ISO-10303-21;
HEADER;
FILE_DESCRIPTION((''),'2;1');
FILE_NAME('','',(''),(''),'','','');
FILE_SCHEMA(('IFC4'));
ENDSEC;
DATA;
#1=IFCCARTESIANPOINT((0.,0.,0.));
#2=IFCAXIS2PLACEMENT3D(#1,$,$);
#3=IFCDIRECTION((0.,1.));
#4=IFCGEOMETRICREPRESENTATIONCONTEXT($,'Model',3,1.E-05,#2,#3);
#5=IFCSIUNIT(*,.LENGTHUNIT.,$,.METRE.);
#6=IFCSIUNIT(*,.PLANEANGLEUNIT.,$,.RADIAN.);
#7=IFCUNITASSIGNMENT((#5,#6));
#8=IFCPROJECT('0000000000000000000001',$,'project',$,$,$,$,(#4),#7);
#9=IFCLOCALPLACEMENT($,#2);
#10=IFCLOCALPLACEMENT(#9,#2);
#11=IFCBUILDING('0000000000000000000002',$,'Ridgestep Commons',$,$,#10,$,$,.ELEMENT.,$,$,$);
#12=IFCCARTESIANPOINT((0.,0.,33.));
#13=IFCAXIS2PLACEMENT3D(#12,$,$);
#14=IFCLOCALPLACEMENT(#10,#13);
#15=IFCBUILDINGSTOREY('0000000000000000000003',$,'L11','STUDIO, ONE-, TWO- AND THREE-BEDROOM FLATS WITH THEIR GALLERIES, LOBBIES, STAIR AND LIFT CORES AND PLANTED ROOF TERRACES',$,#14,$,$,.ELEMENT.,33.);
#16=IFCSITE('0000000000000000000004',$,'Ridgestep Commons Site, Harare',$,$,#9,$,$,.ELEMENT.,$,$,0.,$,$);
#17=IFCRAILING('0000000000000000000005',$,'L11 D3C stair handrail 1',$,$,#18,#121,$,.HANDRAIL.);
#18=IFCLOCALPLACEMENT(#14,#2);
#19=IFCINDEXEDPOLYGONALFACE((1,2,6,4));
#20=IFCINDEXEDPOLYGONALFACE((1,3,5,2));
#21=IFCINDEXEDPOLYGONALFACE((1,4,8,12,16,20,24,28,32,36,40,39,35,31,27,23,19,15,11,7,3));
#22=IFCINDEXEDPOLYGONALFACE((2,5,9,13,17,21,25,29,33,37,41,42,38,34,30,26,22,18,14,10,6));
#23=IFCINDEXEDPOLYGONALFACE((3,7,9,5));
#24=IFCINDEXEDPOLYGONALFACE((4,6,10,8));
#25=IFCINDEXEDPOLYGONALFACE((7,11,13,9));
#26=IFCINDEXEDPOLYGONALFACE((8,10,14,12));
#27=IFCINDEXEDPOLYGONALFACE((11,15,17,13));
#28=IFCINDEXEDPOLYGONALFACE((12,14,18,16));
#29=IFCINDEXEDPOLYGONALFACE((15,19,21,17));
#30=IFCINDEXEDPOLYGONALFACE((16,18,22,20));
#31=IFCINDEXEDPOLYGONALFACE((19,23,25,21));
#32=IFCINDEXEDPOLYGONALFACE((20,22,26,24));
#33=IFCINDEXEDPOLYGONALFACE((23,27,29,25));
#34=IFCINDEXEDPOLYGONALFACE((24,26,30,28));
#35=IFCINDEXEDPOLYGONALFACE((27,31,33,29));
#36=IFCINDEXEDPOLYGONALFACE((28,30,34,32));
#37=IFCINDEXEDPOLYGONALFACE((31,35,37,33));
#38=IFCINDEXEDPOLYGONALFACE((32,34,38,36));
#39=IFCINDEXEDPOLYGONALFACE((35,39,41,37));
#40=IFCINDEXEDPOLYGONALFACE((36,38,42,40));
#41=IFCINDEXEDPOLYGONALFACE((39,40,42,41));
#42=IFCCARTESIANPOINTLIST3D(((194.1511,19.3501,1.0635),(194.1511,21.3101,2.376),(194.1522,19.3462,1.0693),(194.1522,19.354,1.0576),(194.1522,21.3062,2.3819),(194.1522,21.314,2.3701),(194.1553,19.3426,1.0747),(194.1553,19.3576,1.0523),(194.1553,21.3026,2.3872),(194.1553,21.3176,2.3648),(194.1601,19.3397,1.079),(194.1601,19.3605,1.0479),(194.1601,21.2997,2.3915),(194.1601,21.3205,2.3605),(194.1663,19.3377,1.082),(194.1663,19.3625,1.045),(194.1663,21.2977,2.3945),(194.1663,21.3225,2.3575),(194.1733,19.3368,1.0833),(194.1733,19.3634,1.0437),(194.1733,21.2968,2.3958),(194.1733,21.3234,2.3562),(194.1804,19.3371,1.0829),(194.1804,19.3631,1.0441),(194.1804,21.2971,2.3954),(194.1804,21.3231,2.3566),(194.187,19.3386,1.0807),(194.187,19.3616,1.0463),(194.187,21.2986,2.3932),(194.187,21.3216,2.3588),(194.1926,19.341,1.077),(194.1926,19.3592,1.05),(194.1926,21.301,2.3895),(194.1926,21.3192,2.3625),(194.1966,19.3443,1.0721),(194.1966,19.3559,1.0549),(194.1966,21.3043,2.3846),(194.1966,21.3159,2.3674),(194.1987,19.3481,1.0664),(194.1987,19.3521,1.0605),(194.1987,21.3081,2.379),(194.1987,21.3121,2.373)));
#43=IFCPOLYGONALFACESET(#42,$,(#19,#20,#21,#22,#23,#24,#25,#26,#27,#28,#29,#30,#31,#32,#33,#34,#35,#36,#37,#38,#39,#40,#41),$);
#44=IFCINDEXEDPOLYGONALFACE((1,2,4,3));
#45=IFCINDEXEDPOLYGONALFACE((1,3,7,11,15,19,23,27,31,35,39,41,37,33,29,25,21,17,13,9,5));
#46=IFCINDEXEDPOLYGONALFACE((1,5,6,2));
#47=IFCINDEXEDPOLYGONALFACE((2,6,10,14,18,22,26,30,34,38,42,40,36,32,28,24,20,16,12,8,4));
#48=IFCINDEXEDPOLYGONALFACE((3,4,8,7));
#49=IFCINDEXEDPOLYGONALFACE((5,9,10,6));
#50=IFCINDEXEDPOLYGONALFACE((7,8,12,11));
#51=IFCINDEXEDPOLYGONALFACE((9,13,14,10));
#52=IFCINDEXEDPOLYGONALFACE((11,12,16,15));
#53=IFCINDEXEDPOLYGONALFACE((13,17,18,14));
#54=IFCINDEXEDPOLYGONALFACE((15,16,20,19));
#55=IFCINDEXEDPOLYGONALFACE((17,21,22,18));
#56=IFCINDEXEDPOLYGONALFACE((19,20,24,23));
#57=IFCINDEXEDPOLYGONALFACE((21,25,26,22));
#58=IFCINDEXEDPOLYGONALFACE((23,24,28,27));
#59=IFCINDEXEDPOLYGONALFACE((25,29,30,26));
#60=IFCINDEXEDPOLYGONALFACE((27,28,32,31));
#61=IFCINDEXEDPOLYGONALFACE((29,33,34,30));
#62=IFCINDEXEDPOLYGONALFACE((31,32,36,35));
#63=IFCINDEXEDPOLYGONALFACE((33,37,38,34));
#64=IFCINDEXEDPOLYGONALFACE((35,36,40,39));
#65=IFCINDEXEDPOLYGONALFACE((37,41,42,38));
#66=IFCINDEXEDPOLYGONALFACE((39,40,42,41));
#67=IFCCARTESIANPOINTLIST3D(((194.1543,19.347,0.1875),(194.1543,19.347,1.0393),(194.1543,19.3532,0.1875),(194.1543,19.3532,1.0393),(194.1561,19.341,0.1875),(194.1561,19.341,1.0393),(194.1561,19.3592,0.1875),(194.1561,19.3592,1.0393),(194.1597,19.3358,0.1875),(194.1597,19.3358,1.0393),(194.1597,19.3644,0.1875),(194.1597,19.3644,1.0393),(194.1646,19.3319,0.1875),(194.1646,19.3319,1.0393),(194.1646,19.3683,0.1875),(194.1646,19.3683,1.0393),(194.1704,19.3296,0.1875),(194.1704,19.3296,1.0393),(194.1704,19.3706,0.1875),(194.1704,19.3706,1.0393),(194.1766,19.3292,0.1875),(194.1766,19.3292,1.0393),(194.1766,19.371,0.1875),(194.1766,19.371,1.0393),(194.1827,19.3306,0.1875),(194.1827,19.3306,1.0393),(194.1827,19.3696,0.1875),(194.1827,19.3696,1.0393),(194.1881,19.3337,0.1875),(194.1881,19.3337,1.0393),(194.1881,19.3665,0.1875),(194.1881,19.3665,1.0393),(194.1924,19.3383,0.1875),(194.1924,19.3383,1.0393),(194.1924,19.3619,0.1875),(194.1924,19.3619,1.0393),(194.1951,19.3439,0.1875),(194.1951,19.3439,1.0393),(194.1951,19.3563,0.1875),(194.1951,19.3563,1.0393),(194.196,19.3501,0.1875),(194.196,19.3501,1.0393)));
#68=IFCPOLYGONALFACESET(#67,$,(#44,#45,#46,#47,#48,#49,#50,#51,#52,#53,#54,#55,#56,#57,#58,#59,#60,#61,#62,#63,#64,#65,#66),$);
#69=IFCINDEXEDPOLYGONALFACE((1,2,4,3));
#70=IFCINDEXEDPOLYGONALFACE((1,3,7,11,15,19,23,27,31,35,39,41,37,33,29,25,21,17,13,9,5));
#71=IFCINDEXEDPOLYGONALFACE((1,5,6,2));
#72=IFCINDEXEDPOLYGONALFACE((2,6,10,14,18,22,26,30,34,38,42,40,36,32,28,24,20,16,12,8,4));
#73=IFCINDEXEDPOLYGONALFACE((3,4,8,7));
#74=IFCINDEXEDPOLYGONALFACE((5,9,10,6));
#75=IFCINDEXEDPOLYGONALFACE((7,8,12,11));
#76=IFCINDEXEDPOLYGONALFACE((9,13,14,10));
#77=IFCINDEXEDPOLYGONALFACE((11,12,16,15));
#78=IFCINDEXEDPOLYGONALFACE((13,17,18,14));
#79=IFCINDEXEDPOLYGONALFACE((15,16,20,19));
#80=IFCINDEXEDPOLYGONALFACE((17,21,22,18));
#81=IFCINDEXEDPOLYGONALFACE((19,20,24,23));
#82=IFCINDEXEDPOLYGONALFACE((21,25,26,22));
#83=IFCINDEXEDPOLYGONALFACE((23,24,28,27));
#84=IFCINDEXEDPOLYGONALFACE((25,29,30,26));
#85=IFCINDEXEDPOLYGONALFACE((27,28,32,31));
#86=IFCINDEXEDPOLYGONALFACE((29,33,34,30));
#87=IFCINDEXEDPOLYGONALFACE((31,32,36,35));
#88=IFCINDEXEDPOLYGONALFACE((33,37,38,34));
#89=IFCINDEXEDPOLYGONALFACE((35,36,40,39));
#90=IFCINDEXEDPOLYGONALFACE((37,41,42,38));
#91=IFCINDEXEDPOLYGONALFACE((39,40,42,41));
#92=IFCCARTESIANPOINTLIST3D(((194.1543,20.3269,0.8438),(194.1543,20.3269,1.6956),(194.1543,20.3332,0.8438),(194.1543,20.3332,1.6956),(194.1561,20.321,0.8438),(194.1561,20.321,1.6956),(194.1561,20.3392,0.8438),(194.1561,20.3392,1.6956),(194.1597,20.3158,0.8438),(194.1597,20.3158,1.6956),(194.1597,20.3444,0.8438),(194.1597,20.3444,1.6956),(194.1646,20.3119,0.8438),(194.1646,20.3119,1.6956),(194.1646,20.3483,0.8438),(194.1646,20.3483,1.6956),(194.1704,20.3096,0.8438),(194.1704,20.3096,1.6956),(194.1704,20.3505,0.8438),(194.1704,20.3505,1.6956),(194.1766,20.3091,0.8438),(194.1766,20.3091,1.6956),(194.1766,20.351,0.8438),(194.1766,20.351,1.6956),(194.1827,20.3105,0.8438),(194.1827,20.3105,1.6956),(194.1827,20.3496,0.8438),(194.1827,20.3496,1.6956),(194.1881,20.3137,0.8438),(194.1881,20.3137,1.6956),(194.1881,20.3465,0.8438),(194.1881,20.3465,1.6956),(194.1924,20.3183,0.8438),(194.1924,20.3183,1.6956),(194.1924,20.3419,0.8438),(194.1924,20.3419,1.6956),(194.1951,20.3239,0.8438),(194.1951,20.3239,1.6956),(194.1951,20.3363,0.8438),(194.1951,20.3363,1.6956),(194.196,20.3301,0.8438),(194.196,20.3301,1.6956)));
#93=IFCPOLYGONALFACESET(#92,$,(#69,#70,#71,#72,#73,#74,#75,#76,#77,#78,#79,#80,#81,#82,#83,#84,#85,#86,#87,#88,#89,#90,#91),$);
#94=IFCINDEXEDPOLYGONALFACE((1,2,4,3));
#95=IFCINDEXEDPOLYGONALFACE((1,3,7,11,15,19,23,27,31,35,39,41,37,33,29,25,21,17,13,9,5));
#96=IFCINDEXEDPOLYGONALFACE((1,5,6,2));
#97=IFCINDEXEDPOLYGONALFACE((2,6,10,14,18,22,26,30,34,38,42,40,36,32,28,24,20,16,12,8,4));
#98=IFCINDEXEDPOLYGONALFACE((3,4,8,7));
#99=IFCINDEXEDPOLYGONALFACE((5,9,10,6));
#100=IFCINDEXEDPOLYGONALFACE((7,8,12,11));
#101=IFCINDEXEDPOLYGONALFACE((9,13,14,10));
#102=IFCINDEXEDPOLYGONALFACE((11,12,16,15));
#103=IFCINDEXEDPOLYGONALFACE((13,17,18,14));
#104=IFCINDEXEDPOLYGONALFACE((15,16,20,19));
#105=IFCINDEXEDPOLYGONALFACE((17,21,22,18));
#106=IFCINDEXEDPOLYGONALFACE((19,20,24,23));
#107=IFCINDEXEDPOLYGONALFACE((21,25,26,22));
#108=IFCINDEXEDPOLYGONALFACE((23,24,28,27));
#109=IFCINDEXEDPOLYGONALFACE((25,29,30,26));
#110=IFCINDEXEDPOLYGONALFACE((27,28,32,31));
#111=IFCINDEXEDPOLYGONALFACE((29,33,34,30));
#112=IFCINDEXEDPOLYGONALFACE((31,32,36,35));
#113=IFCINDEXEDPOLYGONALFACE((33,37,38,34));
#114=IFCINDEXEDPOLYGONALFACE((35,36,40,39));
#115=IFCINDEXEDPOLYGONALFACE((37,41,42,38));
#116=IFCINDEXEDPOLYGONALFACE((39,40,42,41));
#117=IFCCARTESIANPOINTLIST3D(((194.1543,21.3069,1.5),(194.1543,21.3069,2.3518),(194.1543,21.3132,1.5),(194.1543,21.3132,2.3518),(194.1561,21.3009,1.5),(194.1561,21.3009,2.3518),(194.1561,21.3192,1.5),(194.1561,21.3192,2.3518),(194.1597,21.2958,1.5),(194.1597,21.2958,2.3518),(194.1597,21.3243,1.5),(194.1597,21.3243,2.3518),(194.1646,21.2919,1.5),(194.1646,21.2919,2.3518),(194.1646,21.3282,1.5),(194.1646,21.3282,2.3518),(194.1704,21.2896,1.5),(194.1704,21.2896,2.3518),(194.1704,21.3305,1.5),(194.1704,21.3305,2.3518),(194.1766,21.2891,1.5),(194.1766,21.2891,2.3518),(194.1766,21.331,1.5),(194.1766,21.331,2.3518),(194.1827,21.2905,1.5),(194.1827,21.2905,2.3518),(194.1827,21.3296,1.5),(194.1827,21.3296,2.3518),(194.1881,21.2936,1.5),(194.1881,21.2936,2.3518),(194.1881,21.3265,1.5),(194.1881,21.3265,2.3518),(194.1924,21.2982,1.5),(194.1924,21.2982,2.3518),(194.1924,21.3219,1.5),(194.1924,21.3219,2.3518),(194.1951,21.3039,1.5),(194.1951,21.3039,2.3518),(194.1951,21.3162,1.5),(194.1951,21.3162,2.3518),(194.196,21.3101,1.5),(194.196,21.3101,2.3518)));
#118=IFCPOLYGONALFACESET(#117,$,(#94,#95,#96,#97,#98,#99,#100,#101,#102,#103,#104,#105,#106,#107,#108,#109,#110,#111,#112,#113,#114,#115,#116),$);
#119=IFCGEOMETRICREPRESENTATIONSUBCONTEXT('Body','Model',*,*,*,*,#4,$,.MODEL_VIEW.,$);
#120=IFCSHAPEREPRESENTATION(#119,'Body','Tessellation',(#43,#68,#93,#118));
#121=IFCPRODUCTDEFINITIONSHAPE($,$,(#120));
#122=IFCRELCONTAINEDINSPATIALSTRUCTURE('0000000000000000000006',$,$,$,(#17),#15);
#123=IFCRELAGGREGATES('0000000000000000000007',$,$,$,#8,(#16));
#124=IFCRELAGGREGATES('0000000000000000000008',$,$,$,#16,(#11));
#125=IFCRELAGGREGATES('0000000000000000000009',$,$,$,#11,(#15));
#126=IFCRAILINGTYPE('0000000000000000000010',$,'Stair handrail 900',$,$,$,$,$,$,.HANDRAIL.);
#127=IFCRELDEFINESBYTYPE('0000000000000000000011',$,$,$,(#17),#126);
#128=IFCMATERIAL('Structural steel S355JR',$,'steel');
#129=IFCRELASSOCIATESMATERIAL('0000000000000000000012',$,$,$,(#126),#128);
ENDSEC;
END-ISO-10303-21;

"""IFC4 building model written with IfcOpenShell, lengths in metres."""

from ifc_helpers import new_model, si_unit, direction, frame, origin, origin_2d, place, context, subcontext, project, spatial, circle, extrude, material, type_object, element, save


model = new_model("IFC4")

# Units and contexts
model_context = context("Model", 3, precision=1e-05, world=origin(), true_north=direction((0.0, 1.0)))
body_context = subcontext(model_context, "Body", "Model", "MODEL_VIEW")
ifc_project = project(units=[si_unit("LENGTHUNIT", "METRE"), si_unit("PLANEANGLEUNIT", "RADIAN")], contexts=[model_context])

# Site, building, storey
site_placement = place(None, origin())
site = spatial("IfcSite", under=ifc_project, at=site_placement, Name="Ridgestep Commons Site, Harare", CompositionType="ELEMENT", RefElevation=0.0)
building_placement = place(site_placement, origin())
building = spatial("IfcBuilding", under=site, at=building_placement, Name="Ridgestep Commons", CompositionType="ELEMENT")
storey_placement = place(building_placement, frame((0.0, 0.0, 33.0)))
storey = spatial("IfcBuildingStorey", under=building, at=storey_placement, Name="L11", Description="STUDIO, ONE-, TWO- AND THREE-BEDROOM FLATS WITH THEIR GALLERIES, LOBBIES, STAIR AND LIFT CORES AND PLANTED ROOF TERRACES", CompositionType="ELEMENT", Elevation=33.0)

# Railing
ifc_material_1 = material(Name="Structural steel S355JR", Category="steel")
railing_type_1 = type_object("IfcRailingType", Name="Stair handrail 900", PredefinedType="HANDRAIL", material=ifc_material_1)
railing_1_placement = place(storey_placement, frame((194.175, 19.3501, 0.1875)))
element("IfcRailing", 1, at=railing_1_placement, inside=storey, type_object=railing_type_1, Name="L11 D3C stair handrail 1", PredefinedType="HANDRAIL", context=body_context, shape_type="SweptSolid", body=[
    extrude(circle(Radius=0.0239, at=origin_2d()), frame((0.0, 0.0, 0.876), z_axis=(0.0, 0.830902, 0.556419), x_axis=(-1.0, 0.0, 0.0)), (0.0, 0.0, 1.0), 2.3589),
    extrude(circle(Radius=0.021, at=origin_2d()), origin(), (0.0, 0.0, 1.0), 0.8518),
    extrude(circle(Radius=0.021, at=origin_2d()), frame((0.0, 0.98, 0.6562)), (0.0, 0.0, 1.0), 0.8518),
    extrude(circle(Radius=0.021, at=origin_2d()), frame((0.0, 1.96, 1.3125)), (0.0, 0.0, 1.0), 0.8518),
])

save(model, "model.ifc")
